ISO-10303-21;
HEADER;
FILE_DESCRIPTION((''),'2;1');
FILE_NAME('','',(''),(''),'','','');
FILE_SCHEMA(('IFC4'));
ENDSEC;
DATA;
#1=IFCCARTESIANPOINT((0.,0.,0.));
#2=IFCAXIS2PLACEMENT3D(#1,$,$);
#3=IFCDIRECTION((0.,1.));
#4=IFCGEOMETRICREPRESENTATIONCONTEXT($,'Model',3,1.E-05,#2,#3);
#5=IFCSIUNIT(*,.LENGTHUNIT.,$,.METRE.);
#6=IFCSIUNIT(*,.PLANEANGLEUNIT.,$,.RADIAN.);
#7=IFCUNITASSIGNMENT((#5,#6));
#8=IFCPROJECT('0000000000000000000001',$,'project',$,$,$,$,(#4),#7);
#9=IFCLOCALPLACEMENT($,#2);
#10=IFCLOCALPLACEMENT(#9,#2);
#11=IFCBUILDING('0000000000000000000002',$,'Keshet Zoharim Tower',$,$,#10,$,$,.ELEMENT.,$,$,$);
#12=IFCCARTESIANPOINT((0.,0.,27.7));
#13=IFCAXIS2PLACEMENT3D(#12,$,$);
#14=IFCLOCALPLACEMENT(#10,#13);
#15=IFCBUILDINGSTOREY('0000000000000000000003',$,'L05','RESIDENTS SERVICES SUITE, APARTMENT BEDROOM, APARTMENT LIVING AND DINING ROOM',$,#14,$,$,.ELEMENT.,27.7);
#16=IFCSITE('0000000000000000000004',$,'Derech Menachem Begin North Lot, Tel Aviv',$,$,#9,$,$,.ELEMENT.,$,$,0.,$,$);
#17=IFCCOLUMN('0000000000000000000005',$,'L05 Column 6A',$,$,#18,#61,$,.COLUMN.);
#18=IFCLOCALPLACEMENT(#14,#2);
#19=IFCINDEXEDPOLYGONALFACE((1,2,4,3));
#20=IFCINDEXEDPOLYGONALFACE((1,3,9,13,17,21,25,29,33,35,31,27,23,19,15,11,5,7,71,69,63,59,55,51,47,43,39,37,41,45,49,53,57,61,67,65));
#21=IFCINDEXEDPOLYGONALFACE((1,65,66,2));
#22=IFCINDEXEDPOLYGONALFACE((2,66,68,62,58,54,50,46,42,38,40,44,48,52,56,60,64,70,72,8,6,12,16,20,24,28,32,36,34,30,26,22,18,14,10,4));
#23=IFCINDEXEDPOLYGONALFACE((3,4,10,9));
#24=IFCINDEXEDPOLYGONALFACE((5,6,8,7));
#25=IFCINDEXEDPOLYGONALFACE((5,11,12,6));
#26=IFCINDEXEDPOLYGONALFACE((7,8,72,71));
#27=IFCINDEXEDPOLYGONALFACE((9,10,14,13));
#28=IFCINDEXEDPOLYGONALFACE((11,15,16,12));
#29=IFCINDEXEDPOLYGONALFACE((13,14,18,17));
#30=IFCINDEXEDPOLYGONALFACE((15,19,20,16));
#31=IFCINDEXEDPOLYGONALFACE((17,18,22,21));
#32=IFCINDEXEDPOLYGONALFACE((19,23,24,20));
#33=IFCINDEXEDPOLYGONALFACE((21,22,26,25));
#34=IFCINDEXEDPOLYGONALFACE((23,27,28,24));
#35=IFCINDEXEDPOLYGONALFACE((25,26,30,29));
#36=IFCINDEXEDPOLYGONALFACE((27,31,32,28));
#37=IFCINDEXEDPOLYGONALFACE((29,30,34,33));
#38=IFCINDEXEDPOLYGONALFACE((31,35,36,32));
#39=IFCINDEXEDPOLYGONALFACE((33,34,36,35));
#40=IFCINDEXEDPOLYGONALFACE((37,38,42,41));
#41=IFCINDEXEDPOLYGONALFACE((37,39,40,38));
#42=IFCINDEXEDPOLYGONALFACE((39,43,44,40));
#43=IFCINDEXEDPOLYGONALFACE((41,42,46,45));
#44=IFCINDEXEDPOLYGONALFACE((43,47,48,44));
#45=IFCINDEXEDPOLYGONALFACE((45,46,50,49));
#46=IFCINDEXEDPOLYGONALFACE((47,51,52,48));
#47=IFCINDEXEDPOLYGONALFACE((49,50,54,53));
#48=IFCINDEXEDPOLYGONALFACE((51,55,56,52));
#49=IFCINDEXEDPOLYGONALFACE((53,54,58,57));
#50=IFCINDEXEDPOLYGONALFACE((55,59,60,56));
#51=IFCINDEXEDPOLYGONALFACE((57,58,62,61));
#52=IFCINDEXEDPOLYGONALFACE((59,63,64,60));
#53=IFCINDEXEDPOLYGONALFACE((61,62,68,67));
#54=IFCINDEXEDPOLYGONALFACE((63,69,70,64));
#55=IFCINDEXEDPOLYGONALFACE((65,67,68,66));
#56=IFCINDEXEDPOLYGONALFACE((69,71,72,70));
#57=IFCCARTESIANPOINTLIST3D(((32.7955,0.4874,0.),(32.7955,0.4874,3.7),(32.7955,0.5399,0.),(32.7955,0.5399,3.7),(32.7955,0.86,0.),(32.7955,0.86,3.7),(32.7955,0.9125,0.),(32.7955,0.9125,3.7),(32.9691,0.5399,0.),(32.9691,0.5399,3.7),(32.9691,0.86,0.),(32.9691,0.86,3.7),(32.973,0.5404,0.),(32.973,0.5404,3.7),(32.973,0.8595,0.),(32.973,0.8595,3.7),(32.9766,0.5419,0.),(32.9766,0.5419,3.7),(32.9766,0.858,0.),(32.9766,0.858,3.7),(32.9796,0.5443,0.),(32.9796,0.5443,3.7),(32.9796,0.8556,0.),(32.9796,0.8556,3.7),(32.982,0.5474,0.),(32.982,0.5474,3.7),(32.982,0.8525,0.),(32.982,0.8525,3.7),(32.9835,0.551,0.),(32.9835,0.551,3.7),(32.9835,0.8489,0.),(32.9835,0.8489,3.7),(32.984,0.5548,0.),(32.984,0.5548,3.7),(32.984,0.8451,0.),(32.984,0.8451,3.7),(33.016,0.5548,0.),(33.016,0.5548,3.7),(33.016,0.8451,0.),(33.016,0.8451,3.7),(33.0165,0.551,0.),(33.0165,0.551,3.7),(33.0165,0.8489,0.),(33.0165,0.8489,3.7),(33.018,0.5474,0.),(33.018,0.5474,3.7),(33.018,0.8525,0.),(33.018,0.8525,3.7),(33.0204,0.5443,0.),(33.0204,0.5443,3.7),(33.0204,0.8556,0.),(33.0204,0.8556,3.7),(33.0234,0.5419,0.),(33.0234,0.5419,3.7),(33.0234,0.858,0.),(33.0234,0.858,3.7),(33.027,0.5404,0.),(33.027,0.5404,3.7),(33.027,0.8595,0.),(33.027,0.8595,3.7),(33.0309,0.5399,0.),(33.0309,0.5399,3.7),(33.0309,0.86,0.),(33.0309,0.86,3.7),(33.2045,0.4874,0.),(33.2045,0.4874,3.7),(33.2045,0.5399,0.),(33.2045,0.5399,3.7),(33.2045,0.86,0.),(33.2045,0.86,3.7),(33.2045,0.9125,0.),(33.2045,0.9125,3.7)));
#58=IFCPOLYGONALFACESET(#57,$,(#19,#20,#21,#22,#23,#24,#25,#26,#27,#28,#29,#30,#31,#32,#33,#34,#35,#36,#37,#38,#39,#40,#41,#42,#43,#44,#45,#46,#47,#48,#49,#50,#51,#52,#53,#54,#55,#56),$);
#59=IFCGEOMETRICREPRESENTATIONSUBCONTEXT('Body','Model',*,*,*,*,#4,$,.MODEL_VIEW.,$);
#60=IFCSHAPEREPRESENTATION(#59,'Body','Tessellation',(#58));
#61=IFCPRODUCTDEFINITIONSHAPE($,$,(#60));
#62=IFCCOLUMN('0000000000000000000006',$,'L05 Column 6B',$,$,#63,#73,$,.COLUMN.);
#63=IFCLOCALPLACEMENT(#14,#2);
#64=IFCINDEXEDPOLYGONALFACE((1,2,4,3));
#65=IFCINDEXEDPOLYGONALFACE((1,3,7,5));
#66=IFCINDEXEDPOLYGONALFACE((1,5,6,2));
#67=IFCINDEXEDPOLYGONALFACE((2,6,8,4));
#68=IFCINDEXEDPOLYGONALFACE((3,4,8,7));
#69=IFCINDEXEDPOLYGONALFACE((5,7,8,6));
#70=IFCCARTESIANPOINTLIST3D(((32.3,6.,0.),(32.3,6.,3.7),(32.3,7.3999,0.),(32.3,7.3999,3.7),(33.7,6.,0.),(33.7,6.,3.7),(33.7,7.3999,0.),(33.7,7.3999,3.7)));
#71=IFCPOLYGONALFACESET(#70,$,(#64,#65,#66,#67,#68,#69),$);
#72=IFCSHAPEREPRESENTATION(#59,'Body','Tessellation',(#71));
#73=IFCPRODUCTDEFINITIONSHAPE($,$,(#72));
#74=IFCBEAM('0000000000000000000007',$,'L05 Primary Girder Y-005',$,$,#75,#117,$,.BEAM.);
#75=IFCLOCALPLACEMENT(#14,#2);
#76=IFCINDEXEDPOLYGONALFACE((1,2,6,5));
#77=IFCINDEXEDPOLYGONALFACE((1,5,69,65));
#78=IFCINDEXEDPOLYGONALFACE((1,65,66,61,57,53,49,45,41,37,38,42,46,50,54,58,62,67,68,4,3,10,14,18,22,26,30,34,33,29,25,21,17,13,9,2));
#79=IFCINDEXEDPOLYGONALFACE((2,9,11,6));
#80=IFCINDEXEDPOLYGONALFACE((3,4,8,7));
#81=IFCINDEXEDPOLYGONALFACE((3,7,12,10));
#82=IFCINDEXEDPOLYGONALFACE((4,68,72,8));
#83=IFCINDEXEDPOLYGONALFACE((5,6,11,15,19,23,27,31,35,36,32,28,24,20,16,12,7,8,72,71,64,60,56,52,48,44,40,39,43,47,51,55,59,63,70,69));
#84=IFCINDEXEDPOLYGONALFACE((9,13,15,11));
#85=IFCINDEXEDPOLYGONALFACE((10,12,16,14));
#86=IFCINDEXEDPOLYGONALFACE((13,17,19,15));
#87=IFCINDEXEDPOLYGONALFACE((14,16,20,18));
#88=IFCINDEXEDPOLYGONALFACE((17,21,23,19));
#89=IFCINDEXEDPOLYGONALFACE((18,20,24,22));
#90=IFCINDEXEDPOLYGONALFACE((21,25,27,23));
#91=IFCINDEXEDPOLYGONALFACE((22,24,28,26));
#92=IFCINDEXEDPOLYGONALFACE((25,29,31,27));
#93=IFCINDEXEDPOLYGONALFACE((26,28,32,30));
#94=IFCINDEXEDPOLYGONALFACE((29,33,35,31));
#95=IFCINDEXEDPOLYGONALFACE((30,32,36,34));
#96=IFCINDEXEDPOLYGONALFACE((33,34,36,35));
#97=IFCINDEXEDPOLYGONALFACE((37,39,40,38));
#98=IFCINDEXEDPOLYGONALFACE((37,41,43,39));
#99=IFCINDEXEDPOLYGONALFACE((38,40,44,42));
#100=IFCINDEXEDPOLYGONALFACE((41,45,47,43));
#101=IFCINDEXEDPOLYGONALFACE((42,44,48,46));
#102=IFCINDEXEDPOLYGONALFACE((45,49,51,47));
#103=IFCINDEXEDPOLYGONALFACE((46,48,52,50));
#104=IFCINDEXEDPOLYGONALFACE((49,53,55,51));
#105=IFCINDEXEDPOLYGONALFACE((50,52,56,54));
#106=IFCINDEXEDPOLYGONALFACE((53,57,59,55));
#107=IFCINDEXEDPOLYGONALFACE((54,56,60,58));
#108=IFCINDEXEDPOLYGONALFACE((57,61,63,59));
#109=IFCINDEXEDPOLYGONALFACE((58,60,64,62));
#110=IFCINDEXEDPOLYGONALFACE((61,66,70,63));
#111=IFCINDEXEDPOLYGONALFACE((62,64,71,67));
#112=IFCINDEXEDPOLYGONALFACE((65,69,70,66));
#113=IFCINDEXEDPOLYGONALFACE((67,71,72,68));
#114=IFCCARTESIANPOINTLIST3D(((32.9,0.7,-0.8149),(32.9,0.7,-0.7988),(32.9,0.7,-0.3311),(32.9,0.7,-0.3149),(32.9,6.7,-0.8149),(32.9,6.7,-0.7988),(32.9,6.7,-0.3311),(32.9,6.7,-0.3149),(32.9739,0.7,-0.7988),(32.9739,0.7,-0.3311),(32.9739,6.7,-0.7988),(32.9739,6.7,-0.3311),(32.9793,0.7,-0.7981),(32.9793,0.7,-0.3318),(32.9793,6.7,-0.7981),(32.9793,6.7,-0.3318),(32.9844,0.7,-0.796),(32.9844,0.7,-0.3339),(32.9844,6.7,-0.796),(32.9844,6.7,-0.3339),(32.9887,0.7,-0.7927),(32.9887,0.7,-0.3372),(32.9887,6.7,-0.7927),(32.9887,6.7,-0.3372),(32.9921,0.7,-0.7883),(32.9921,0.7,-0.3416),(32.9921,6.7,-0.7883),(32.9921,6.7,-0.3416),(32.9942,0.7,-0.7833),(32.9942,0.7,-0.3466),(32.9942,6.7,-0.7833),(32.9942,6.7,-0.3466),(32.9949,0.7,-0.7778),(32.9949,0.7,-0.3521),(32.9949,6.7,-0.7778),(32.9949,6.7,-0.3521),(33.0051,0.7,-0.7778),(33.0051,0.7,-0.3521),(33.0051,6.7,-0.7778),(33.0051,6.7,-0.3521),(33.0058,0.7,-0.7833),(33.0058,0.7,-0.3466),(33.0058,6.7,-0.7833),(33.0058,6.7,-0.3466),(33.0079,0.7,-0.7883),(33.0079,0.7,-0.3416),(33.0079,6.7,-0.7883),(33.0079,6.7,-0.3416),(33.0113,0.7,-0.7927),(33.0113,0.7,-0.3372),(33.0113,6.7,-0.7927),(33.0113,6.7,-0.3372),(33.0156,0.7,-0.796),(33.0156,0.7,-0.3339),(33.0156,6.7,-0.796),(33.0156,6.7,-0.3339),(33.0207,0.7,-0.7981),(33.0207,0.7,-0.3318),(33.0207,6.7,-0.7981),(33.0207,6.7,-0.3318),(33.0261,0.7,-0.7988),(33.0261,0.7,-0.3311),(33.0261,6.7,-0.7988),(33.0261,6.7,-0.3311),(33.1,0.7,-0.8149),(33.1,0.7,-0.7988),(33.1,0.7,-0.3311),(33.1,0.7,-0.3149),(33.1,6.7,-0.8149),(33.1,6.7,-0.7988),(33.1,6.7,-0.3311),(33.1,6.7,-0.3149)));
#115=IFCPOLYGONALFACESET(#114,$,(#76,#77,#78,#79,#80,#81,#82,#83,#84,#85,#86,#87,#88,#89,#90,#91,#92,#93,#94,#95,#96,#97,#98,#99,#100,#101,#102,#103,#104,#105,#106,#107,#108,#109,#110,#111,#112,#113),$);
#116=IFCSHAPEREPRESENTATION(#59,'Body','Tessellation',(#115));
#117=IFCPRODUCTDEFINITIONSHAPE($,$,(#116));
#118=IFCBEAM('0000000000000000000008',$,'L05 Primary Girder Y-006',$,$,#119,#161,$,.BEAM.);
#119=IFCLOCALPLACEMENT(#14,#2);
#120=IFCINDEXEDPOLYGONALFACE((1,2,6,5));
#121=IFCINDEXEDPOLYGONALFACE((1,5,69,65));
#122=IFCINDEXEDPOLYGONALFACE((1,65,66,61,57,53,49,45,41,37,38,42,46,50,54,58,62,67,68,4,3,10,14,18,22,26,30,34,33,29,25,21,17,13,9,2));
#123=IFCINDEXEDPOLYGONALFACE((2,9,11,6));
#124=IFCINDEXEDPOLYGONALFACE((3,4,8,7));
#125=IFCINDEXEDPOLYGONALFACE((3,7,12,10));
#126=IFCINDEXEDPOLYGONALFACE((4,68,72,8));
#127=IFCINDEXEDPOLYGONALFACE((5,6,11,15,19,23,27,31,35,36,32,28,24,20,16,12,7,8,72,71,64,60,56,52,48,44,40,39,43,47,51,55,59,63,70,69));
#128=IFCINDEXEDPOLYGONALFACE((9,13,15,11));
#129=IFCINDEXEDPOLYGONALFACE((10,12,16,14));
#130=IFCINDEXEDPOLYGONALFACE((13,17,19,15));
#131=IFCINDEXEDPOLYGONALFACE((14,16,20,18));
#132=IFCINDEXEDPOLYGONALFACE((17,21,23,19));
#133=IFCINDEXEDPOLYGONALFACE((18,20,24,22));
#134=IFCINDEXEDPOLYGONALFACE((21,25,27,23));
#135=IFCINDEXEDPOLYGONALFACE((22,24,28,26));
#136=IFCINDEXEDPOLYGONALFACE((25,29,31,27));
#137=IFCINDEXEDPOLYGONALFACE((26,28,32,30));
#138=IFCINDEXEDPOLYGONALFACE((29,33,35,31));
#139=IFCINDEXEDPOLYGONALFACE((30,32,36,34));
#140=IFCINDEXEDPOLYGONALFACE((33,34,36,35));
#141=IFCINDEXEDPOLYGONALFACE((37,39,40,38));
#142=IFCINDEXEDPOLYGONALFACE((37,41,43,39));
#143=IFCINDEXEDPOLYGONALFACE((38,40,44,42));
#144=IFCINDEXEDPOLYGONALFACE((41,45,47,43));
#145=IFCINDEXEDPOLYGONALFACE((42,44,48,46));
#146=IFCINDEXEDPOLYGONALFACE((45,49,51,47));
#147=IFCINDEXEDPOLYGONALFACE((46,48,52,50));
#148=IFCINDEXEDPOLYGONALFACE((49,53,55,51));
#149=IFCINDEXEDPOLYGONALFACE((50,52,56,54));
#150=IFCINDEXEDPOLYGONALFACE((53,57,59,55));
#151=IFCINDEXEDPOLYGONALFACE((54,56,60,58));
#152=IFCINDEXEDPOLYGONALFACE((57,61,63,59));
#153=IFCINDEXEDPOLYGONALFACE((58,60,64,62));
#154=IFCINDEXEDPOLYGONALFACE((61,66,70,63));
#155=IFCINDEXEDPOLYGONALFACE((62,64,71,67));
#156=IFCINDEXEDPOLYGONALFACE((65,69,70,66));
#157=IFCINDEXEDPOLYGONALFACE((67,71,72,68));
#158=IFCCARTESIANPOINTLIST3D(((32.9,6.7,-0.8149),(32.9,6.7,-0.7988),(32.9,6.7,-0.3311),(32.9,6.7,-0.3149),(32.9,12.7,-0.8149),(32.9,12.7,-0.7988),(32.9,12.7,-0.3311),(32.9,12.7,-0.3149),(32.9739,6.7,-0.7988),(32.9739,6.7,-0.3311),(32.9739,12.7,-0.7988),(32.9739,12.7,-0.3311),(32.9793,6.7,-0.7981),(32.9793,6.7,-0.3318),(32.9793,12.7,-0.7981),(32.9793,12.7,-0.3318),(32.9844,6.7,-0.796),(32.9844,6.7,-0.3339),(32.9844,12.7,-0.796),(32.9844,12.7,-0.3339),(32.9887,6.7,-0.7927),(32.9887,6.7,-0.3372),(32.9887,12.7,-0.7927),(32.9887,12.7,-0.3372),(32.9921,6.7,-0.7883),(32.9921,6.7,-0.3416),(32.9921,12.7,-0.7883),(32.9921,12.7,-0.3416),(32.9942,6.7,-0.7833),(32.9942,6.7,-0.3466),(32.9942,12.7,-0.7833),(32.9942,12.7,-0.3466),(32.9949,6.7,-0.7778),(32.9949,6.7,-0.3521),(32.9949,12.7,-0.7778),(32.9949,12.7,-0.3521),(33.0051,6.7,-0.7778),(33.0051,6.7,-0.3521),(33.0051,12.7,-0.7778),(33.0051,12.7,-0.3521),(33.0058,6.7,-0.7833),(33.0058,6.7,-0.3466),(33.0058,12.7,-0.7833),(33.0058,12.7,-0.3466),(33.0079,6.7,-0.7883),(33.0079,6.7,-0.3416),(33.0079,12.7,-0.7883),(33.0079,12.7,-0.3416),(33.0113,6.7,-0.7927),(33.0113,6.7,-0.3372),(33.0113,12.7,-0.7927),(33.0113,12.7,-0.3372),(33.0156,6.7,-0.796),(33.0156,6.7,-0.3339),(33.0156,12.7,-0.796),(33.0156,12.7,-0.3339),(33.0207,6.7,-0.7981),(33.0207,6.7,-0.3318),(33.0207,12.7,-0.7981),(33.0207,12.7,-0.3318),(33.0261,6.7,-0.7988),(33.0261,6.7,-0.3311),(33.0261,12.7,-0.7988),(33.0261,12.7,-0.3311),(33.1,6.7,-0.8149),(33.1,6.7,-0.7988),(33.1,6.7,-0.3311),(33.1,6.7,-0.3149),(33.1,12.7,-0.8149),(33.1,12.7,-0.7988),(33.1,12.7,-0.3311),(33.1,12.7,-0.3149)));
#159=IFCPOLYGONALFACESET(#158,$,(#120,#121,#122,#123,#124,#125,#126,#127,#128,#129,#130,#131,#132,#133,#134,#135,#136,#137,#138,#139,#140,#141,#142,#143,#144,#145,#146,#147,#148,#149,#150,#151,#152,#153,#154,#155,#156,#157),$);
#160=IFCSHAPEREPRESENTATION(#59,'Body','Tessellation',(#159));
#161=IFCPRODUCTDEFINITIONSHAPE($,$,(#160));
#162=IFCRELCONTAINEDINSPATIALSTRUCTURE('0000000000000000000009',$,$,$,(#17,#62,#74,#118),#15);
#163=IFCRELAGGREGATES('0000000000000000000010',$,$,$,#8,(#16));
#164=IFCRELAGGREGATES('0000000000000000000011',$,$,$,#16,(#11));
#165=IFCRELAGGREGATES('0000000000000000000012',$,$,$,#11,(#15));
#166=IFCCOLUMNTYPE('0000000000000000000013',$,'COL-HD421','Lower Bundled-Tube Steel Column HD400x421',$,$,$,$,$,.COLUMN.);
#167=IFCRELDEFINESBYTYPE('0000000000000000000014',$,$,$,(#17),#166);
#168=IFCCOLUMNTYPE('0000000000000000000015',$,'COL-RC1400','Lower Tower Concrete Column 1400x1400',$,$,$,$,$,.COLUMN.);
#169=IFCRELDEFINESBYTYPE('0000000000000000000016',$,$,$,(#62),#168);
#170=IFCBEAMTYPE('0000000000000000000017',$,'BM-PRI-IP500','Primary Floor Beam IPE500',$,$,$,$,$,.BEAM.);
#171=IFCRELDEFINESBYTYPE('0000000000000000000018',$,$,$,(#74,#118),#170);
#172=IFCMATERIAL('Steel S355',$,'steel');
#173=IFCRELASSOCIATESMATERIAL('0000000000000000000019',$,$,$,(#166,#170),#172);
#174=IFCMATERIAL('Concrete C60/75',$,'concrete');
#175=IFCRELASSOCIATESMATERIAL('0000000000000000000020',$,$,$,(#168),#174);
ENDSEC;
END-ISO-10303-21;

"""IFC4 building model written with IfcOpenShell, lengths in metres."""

from ifc_helpers import new_model, si_unit, direction, frame, origin, origin_2d, place, context, subcontext, project, spatial, rectangle, i_section, extrude, material, material_profile, profile_set, type_object, element, save


model = new_model("IFC4")

# Units and contexts
model_context = context("Model", 3, precision=1e-05, world=origin(), true_north=direction((0.0, 1.0)))
body_context = subcontext(model_context, "Body", "Model", "MODEL_VIEW")
ifc_project = project(units=[si_unit("LENGTHUNIT", "METRE"), si_unit("PLANEANGLEUNIT", "RADIAN")], contexts=[model_context])

# Site, building, storey
site_placement = place(None, origin())
site = spatial("IfcSite", under=ifc_project, at=site_placement, Name="Derech Menachem Begin North Lot, Tel Aviv", CompositionType="ELEMENT", RefElevation=0.0)
building_placement = place(site_placement, origin())
building = spatial("IfcBuilding", under=site, at=building_placement, Name="Keshet Zoharim Tower", CompositionType="ELEMENT")
storey_placement = place(building_placement, frame((0.0, 0.0, 27.7)))
storey = spatial("IfcBuildingStorey", under=building, at=storey_placement, Name="L05", Description="RESIDENTS SERVICES SUITE, APARTMENT BEDROOM, APARTMENT LIVING AND DINING ROOM", CompositionType="ELEMENT", Elevation=27.7)

# Columns
ifc_material_1 = material(Name="Steel S355", Category="steel")
ifc_material_profile_1 = material_profile(ifc_material_1, i_section(OverallWidth=0.4089, OverallDepth=0.425, WebThickness=0.032, FlangeThickness=0.0525, FilletRadius=0.0149, at=origin_2d()), Name="HD400x421")
ifc_profile_set_1 = profile_set([ifc_material_profile_1], Name="Steel S355")
column_type_1 = type_object("IfcColumnType", Name="COL-HD421", Description="Lower Bundled-Tube Steel Column HD400x421", PredefinedType="COLUMN", material=ifc_profile_set_1)
column_1_placement = place(storey_placement, frame((33.0, 0.7, 0.0), z_axis=(0.0, 0.0, 1.0), x_axis=(1.0, 0.0, 0.0)))
element("IfcColumn", 1, at=column_1_placement, inside=storey, type_object=column_type_1, Name="L05 Column 6A", PredefinedType="COLUMN", context=body_context, shape_type="SweptSolid", body=[
    extrude(i_section(OverallWidth=0.4089, OverallDepth=0.425, WebThickness=0.032, FlangeThickness=0.0525, FilletRadius=0.0149, at=origin_2d()), origin(), (0.0, 0.0, 1.0), 3.7),
])
ifc_material_2 = material(Name="Concrete C60/75", Category="concrete")
ifc_material_profile_2 = material_profile(ifc_material_2, rectangle(XDim=1.3999, YDim=1.3999, at=origin_2d()), Name="RC1400x1400")
ifc_profile_set_2 = profile_set([ifc_material_profile_2], Name="Concrete C60/75")
column_type_2 = type_object("IfcColumnType", Name="COL-RC1400", Description="Lower Tower Concrete Column 1400x1400", PredefinedType="COLUMN", material=ifc_profile_set_2)
column_2_placement = place(storey_placement, frame((33.0, 6.7, 0.0), z_axis=(0.0, 0.0, 1.0), x_axis=(1.0, 0.0, 0.0)))
element("IfcColumn", 2, at=column_2_placement, inside=storey, type_object=column_type_2, Name="L05 Column 6B", PredefinedType="COLUMN", context=body_context, shape_type="SweptSolid", body=[
    extrude(rectangle(XDim=1.3999, YDim=1.3999, at=origin_2d()), origin(), (0.0, 0.0, 1.0), 3.7),
])

# Beams
ifc_material_profile_3 = material_profile(ifc_material_1, i_section(OverallWidth=0.2, OverallDepth=0.5, WebThickness=0.0103, FlangeThickness=0.0161, FilletRadius=0.021, at=origin_2d()), Name="IPE500")
ifc_profile_set_3 = profile_set([ifc_material_profile_3], Name="Steel S355")
beam_type_1 = type_object("IfcBeamType", Name="BM-PRI-IP500", Description="Primary Floor Beam IPE500", PredefinedType="BEAM", material=ifc_profile_set_3)
for number, where, z_axis, x_axis, name in (
    (3, (33.0, 0.7, -0.5649), (0.0, 1.0, 0.0), (-1.0, 0.0, 0.0), "L05 Primary Girder Y-005"),
    (4, (33.0, 6.7, -0.5649), (0.0, 1.0, 0.0), (-1.0, 0.0, 0.0), "L05 Primary Girder Y-006"),
):
    element("IfcBeam", number, at=place(storey_placement, frame(where, z_axis=z_axis, x_axis=x_axis)), inside=storey, type_object=beam_type_1, Name=name, PredefinedType="BEAM", context=body_context, shape_type="SweptSolid", body=[
        extrude(i_section(OverallWidth=0.2, OverallDepth=0.5, WebThickness=0.0103, FlangeThickness=0.0161, FilletRadius=0.021, at=origin_2d()), origin(), (0.0, 0.0, 1.0), 6.0),
    ])

save(model, "model.ifc")
